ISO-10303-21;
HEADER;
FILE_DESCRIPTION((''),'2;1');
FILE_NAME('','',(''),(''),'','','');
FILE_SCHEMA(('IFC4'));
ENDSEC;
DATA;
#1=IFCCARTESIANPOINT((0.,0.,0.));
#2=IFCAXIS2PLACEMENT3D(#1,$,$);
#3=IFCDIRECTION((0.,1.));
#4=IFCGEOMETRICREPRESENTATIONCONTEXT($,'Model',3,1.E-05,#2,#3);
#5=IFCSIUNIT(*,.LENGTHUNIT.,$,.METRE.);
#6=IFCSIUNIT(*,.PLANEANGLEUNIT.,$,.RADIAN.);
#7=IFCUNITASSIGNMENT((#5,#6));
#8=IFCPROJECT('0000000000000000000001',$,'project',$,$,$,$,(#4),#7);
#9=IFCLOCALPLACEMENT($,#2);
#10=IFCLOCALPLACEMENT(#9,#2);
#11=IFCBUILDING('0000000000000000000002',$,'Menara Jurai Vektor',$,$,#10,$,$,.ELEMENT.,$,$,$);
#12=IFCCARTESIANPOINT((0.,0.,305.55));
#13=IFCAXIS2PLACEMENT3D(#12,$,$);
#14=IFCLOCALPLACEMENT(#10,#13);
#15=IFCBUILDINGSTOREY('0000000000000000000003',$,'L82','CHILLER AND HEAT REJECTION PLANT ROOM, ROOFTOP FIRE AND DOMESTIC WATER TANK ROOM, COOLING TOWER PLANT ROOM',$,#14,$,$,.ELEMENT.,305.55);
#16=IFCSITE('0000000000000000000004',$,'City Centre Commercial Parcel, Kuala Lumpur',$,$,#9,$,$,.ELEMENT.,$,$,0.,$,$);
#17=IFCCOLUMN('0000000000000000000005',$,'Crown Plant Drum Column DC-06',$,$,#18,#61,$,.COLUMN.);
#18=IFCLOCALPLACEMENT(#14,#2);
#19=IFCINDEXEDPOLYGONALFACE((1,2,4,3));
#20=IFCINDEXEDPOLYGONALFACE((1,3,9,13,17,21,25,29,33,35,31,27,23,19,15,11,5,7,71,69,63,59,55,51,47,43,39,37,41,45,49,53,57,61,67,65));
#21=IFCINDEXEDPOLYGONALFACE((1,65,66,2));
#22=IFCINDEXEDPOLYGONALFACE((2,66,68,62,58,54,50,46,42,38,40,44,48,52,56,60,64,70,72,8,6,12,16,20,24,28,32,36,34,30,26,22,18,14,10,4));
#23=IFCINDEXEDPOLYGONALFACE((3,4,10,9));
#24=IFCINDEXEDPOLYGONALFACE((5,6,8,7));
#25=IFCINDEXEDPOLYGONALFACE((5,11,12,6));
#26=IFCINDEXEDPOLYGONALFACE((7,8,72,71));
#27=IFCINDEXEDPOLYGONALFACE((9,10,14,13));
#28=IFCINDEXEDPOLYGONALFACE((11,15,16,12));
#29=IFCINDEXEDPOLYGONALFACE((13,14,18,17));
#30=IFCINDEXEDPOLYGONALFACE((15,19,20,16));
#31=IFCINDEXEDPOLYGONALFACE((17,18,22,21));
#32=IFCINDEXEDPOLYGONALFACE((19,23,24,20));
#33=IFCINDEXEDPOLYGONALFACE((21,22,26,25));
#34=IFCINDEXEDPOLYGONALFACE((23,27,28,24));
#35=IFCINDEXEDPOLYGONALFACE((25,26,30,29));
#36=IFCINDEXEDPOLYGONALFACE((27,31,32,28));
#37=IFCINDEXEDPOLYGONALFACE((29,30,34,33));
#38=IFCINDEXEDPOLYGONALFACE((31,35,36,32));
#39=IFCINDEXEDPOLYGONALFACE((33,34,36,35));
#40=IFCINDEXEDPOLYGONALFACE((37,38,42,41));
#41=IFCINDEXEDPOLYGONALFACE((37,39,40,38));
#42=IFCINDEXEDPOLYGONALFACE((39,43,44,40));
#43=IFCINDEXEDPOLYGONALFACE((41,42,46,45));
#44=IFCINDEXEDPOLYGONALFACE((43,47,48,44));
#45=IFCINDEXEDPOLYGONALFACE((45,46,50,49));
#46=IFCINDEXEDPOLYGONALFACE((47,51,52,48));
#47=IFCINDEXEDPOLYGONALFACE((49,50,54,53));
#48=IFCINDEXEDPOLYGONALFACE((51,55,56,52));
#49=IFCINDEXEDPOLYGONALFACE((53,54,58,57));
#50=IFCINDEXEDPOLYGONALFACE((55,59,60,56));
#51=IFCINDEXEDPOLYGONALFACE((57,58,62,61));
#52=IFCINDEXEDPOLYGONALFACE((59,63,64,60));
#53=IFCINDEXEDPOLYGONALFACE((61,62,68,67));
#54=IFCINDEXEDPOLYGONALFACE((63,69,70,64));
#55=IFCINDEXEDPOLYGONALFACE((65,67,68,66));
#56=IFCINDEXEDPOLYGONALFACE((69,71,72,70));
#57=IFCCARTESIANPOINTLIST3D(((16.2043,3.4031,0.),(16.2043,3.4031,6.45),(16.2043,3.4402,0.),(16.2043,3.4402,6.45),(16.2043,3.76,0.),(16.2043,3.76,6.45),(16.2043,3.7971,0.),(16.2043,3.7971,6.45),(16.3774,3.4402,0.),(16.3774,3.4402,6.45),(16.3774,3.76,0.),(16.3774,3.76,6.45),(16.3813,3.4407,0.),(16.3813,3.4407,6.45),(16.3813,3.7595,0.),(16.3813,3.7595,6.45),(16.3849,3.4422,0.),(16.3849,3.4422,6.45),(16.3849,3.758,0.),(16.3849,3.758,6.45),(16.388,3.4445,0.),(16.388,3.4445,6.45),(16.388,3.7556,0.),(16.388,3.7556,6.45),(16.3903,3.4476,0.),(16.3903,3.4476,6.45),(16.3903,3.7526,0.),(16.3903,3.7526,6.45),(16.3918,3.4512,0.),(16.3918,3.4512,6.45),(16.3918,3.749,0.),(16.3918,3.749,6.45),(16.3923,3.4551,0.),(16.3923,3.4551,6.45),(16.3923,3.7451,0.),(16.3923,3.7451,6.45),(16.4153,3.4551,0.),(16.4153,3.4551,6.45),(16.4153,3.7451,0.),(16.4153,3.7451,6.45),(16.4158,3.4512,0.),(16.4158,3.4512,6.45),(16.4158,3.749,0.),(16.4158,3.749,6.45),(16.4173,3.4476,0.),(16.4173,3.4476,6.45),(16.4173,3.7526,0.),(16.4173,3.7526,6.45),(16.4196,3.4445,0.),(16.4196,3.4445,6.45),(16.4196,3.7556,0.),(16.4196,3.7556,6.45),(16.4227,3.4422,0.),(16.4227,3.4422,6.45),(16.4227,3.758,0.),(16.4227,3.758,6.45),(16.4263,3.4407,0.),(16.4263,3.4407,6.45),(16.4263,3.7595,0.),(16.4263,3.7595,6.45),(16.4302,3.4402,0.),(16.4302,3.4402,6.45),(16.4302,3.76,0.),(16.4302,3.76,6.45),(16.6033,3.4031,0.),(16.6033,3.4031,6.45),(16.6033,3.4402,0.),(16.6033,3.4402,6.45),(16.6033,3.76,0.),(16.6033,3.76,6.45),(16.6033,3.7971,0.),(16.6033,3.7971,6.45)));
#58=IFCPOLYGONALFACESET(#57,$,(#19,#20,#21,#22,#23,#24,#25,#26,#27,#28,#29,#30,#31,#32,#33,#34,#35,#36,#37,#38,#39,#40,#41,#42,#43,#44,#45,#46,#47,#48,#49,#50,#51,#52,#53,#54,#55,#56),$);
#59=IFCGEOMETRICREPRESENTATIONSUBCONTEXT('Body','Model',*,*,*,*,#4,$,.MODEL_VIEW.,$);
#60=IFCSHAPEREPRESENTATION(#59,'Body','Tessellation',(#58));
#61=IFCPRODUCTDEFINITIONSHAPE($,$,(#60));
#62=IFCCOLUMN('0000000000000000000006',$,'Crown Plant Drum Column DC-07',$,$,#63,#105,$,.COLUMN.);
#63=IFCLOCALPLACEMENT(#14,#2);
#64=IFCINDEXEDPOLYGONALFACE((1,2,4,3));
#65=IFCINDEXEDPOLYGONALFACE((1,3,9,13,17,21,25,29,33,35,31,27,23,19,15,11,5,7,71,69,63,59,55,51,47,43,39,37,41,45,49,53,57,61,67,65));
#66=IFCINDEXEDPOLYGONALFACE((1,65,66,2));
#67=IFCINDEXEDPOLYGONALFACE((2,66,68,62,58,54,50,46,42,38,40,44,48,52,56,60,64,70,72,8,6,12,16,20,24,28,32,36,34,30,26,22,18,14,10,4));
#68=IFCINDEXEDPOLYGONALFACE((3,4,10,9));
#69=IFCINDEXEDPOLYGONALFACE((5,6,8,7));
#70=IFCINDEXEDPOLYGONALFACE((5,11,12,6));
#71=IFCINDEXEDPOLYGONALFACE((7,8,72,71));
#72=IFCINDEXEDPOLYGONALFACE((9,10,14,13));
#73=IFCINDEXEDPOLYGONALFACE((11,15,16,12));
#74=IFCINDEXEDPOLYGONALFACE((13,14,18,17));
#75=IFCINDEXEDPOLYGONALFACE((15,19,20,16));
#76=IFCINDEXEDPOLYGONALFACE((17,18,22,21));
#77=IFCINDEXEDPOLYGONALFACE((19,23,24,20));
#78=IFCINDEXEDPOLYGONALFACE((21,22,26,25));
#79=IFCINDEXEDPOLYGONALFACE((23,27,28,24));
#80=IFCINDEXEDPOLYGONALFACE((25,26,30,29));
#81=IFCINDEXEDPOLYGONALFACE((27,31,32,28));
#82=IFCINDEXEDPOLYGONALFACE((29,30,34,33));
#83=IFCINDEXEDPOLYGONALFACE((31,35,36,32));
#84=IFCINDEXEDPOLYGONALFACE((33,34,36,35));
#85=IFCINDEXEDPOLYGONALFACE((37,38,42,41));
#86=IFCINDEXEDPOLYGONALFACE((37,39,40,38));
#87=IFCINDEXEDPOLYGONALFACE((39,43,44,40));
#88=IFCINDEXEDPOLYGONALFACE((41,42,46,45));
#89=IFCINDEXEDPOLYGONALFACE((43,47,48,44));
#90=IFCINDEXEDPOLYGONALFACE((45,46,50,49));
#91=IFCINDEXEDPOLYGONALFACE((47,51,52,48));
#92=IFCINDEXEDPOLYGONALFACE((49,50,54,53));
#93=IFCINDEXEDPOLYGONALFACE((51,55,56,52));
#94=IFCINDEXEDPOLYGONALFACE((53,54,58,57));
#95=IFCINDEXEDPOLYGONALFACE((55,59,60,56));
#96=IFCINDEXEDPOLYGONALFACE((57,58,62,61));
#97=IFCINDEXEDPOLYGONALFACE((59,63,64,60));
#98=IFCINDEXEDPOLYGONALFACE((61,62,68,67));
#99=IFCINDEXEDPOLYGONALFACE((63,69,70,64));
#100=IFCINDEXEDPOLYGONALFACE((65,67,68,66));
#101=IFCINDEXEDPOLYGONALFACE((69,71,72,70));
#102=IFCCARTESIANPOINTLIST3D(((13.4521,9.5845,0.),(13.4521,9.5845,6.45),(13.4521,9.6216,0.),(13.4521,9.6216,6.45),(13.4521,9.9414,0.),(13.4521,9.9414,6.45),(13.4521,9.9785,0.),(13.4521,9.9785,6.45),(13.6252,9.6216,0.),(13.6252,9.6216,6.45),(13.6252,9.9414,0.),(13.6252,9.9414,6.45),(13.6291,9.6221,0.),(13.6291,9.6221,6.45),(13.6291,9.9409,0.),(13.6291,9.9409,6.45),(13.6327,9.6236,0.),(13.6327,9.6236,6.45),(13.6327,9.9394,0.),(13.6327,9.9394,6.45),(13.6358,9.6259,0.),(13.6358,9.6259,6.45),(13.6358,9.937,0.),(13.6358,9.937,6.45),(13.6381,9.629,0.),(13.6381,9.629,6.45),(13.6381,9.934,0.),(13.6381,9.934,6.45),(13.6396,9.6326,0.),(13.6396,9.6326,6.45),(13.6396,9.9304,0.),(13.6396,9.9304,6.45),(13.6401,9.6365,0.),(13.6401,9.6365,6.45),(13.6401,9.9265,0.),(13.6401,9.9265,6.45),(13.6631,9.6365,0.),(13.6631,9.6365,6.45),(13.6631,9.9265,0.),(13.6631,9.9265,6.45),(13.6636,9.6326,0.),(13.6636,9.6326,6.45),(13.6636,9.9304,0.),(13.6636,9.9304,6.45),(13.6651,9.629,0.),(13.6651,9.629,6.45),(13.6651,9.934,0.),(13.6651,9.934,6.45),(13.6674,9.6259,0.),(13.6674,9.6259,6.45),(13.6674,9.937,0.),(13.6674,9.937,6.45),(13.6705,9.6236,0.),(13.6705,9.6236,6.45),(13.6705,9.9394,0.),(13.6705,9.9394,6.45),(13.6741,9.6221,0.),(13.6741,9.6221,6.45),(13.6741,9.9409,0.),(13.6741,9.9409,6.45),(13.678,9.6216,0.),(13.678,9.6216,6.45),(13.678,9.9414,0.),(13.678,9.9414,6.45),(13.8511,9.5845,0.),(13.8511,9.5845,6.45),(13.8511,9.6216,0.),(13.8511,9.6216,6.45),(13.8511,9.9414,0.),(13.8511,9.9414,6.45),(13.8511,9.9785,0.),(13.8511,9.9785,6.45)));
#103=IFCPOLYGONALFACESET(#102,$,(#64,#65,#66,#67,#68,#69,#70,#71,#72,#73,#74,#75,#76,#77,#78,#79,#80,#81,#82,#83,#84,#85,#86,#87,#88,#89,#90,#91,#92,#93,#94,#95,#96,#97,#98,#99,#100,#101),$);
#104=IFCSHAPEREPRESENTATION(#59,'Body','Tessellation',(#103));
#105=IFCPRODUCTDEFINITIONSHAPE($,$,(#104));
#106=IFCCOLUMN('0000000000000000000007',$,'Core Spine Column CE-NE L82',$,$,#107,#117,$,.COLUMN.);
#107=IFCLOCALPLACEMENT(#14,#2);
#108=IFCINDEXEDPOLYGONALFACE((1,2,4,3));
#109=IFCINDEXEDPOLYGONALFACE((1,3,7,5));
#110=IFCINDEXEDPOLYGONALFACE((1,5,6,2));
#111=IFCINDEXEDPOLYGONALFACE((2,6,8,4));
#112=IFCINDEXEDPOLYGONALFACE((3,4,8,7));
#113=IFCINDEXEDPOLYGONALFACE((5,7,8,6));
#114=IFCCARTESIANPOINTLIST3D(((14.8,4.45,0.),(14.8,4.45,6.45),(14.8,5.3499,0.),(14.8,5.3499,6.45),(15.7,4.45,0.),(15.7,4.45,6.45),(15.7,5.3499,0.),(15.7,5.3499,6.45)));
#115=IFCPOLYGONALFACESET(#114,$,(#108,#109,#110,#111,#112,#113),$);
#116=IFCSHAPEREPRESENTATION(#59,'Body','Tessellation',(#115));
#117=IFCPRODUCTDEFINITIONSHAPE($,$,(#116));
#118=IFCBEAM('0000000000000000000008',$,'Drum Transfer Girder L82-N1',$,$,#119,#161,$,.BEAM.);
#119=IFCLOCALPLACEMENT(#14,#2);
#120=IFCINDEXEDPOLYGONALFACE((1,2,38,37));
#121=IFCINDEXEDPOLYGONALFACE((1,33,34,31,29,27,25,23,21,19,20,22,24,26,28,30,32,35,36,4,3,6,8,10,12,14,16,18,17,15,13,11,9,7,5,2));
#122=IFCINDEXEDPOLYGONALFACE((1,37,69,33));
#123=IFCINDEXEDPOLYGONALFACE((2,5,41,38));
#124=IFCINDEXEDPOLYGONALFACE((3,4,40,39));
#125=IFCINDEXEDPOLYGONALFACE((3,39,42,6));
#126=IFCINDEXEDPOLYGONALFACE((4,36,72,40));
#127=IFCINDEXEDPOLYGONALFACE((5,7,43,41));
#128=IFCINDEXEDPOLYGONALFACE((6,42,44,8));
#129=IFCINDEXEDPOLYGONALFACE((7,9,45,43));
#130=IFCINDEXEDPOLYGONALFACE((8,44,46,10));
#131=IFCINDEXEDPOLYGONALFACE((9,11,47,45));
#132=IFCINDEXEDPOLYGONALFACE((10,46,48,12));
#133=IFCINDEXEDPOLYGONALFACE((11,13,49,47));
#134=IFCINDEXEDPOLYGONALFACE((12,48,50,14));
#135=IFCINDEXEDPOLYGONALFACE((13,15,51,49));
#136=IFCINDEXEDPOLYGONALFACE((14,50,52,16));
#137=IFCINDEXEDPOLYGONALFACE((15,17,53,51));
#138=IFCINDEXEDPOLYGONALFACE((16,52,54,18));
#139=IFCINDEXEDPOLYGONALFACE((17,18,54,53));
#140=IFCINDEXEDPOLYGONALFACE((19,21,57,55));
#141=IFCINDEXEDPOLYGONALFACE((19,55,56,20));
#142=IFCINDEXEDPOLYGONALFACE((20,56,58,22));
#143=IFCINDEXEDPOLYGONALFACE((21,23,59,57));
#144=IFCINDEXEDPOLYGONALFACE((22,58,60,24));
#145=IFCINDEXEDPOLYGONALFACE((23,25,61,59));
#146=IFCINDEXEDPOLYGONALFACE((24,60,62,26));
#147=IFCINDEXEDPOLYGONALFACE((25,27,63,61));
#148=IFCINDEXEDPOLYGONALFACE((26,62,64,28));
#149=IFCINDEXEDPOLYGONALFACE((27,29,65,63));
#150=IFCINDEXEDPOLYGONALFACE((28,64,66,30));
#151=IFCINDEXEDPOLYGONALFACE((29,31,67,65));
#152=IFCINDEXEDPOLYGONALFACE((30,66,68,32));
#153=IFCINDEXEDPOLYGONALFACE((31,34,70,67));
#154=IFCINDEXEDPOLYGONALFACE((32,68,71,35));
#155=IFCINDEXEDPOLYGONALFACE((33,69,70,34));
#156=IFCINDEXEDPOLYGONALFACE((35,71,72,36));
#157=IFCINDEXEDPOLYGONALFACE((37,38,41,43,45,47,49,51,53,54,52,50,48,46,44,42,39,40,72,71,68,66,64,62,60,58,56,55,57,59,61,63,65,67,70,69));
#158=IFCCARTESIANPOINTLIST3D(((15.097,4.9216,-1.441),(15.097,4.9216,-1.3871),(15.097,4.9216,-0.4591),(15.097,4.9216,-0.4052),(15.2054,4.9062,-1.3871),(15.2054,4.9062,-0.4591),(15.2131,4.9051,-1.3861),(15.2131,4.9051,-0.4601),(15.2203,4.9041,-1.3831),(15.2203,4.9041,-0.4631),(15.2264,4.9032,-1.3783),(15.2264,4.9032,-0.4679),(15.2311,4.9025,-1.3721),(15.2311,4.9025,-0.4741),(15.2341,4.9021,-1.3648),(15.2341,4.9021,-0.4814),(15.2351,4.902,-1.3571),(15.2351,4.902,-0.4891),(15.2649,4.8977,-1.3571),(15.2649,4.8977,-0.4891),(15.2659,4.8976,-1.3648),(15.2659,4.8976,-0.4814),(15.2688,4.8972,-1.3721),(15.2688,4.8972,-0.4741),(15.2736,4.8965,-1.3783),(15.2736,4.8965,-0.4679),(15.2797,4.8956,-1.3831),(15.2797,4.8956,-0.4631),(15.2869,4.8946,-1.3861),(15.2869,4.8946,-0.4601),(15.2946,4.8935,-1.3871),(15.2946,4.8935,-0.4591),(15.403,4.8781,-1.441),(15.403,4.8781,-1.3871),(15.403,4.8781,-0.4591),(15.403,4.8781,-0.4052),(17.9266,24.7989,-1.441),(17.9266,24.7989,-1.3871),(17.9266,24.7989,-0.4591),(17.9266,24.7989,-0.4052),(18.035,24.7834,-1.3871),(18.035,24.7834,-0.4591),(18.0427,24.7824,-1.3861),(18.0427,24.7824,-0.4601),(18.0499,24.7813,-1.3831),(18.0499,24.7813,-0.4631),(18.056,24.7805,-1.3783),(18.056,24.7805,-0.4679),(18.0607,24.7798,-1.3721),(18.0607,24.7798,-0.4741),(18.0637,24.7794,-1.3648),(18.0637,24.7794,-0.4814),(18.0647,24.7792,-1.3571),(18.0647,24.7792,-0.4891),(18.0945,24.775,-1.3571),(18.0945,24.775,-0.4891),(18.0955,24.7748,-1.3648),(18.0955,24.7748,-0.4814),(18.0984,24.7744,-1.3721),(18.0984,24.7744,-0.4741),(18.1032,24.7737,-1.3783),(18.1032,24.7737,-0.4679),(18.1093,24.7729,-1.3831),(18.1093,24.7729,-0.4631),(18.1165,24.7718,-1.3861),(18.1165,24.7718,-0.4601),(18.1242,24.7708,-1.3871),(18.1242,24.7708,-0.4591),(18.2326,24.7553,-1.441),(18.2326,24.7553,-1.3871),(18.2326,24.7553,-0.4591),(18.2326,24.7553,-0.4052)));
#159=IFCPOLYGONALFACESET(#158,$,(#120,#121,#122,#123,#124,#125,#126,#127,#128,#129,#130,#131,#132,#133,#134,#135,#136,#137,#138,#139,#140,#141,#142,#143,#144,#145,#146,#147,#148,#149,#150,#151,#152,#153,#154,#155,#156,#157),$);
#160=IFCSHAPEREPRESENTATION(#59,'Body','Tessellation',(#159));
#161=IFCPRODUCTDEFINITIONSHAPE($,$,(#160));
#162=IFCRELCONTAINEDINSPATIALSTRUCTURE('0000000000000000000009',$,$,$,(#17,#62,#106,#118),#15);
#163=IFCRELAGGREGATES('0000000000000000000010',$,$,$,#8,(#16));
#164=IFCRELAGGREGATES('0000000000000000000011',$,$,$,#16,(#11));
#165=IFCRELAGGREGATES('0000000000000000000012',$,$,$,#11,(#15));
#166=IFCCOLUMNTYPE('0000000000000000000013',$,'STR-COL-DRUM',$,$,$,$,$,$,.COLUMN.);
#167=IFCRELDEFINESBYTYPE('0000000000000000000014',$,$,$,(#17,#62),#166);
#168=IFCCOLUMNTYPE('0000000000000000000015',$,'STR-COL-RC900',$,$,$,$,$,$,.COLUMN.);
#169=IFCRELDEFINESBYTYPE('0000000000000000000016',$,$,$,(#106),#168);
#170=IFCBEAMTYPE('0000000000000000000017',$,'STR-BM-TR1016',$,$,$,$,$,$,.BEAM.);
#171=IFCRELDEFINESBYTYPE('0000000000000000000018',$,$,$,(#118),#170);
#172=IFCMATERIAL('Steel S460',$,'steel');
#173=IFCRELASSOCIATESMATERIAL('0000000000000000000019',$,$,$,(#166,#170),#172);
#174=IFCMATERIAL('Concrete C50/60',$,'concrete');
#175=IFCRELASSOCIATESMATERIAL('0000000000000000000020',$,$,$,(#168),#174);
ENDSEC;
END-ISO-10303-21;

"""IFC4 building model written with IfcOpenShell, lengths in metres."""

from ifc_helpers import new_model, si_unit, direction, frame, origin, origin_2d, place, context, subcontext, project, spatial, rectangle, i_section, extrude, material, material_profile, profile_set, type_object, element, save


model = new_model("IFC4")

# Units and contexts
model_context = context("Model", 3, precision=1e-05, world=origin(), true_north=direction((0.0, 1.0)))
body_context = subcontext(model_context, "Body", "Model", "MODEL_VIEW")
ifc_project = project(units=[si_unit("LENGTHUNIT", "METRE"), si_unit("PLANEANGLEUNIT", "RADIAN")], contexts=[model_context])

# Site, building, storey
site_placement = place(None, origin())
site = spatial("IfcSite", under=ifc_project, at=site_placement, Name="City Centre Commercial Parcel, Kuala Lumpur", CompositionType="ELEMENT", RefElevation=0.0)
building_placement = place(site_placement, origin())
building = spatial("IfcBuilding", under=site, at=building_placement, Name="Menara Jurai Vektor", CompositionType="ELEMENT")
storey_placement = place(building_placement, frame((0.0, 0.0, 305.55)))
storey = spatial("IfcBuildingStorey", under=building, at=storey_placement, Name="L82", Description="CHILLER AND HEAT REJECTION PLANT ROOM, ROOFTOP FIRE AND DOMESTIC WATER TANK ROOM, COOLING TOWER PLANT ROOM", CompositionType="ELEMENT", Elevation=305.55)

# Columns
ifc_material_1 = material(Name="Steel S460", Category="steel")
ifc_material_profile_1 = material_profile(ifc_material_1, i_section(OverallWidth=0.3989, OverallDepth=0.394, WebThickness=0.0229, FlangeThickness=0.0371, FilletRadius=0.0149, at=origin_2d()), Name="UKC 356x406x287")
ifc_profile_set_1 = profile_set([ifc_material_profile_1], Name="Steel S460")
column_type_1 = type_object("IfcColumnType", Name="STR-COL-DRUM", PredefinedType="COLUMN", material=ifc_profile_set_1)
for number, where, z_axis, x_axis, name in (
    (1, (16.4038, 3.6001, 0.0), (0.0, 0.0, 1.0), (1.0, 0.0, 0.0), "Crown Plant Drum Column DC-06"),
    (2, (13.6516, 9.7815, 0.0), (0.0, 0.0, 1.0), (1.0, 0.0, 0.0), "Crown Plant Drum Column DC-07"),
):
    element("IfcColumn", number, at=place(storey_placement, frame(where, z_axis=z_axis, x_axis=x_axis)), inside=storey, type_object=column_type_1, Name=name, PredefinedType="COLUMN", context=body_context, shape_type="SweptSolid", body=[
        extrude(i_section(OverallWidth=0.3989, OverallDepth=0.394, WebThickness=0.0229, FlangeThickness=0.0371, FilletRadius=0.0149, at=origin_2d()), origin(), (0.0, 0.0, 1.0), 6.45),
    ])
ifc_material_2 = material(Name="Concrete C50/60", Category="concrete")
ifc_material_profile_2 = material_profile(ifc_material_2, rectangle(XDim=0.8999, YDim=0.8999, at=origin_2d()), Name="RC 900x900")
ifc_profile_set_2 = profile_set([ifc_material_profile_2], Name="Concrete C50/60")
column_type_2 = type_object("IfcColumnType", Name="STR-COL-RC900", PredefinedType="COLUMN", material=ifc_profile_set_2)
column_placement = place(storey_placement, frame((15.25, 4.8999, 0.0), z_axis=(0.0, 0.0, 1.0), x_axis=(1.0, 0.0, 0.0)))
element("IfcColumn", 3, at=column_placement, inside=storey, type_object=column_type_2, Name="Core Spine Column CE-NE L82", PredefinedType="COLUMN", context=body_context, shape_type="SweptSolid", body=[
    extrude(rectangle(XDim=0.8999, YDim=0.8999, at=origin_2d()), origin(), (0.0, 0.0, 1.0), 6.45),
])

# Beam
ifc_material_profile_3 = material_profile(ifc_material_1, i_section(OverallWidth=0.3091, OverallDepth=1.0359, WebThickness=0.03, FlangeThickness=0.054, FilletRadius=0.03, at=origin_2d()), Name="UKB 1016x305x487")
ifc_profile_set_3 = profile_set([ifc_material_profile_3], Name="Steel S460")
beam_type_1 = type_object("IfcBeamType", Name="STR-BM-TR1016", PredefinedType="BEAM", material=ifc_profile_set_3)
beam_1_placement = place(storey_placement, frame((18.0796, 24.7771, -0.9231), z_axis=(-0.140933, -0.990019, 0.0), x_axis=(0.990019, -0.140933, 0.0)))
element("IfcBeam", 4, at=beam_1_placement, inside=storey, type_object=beam_type_1, Name="Drum Transfer Girder L82-N1", PredefinedType="BEAM", context=body_context, shape_type="SweptSolid", body=[
    extrude(i_section(OverallWidth=0.3091, OverallDepth=1.0359, WebThickness=0.03, FlangeThickness=0.054, FilletRadius=0.03, at=origin_2d()), origin(), (0.0, 0.0, 1.0), 20.0776),
])

save(model, "model.ifc")
